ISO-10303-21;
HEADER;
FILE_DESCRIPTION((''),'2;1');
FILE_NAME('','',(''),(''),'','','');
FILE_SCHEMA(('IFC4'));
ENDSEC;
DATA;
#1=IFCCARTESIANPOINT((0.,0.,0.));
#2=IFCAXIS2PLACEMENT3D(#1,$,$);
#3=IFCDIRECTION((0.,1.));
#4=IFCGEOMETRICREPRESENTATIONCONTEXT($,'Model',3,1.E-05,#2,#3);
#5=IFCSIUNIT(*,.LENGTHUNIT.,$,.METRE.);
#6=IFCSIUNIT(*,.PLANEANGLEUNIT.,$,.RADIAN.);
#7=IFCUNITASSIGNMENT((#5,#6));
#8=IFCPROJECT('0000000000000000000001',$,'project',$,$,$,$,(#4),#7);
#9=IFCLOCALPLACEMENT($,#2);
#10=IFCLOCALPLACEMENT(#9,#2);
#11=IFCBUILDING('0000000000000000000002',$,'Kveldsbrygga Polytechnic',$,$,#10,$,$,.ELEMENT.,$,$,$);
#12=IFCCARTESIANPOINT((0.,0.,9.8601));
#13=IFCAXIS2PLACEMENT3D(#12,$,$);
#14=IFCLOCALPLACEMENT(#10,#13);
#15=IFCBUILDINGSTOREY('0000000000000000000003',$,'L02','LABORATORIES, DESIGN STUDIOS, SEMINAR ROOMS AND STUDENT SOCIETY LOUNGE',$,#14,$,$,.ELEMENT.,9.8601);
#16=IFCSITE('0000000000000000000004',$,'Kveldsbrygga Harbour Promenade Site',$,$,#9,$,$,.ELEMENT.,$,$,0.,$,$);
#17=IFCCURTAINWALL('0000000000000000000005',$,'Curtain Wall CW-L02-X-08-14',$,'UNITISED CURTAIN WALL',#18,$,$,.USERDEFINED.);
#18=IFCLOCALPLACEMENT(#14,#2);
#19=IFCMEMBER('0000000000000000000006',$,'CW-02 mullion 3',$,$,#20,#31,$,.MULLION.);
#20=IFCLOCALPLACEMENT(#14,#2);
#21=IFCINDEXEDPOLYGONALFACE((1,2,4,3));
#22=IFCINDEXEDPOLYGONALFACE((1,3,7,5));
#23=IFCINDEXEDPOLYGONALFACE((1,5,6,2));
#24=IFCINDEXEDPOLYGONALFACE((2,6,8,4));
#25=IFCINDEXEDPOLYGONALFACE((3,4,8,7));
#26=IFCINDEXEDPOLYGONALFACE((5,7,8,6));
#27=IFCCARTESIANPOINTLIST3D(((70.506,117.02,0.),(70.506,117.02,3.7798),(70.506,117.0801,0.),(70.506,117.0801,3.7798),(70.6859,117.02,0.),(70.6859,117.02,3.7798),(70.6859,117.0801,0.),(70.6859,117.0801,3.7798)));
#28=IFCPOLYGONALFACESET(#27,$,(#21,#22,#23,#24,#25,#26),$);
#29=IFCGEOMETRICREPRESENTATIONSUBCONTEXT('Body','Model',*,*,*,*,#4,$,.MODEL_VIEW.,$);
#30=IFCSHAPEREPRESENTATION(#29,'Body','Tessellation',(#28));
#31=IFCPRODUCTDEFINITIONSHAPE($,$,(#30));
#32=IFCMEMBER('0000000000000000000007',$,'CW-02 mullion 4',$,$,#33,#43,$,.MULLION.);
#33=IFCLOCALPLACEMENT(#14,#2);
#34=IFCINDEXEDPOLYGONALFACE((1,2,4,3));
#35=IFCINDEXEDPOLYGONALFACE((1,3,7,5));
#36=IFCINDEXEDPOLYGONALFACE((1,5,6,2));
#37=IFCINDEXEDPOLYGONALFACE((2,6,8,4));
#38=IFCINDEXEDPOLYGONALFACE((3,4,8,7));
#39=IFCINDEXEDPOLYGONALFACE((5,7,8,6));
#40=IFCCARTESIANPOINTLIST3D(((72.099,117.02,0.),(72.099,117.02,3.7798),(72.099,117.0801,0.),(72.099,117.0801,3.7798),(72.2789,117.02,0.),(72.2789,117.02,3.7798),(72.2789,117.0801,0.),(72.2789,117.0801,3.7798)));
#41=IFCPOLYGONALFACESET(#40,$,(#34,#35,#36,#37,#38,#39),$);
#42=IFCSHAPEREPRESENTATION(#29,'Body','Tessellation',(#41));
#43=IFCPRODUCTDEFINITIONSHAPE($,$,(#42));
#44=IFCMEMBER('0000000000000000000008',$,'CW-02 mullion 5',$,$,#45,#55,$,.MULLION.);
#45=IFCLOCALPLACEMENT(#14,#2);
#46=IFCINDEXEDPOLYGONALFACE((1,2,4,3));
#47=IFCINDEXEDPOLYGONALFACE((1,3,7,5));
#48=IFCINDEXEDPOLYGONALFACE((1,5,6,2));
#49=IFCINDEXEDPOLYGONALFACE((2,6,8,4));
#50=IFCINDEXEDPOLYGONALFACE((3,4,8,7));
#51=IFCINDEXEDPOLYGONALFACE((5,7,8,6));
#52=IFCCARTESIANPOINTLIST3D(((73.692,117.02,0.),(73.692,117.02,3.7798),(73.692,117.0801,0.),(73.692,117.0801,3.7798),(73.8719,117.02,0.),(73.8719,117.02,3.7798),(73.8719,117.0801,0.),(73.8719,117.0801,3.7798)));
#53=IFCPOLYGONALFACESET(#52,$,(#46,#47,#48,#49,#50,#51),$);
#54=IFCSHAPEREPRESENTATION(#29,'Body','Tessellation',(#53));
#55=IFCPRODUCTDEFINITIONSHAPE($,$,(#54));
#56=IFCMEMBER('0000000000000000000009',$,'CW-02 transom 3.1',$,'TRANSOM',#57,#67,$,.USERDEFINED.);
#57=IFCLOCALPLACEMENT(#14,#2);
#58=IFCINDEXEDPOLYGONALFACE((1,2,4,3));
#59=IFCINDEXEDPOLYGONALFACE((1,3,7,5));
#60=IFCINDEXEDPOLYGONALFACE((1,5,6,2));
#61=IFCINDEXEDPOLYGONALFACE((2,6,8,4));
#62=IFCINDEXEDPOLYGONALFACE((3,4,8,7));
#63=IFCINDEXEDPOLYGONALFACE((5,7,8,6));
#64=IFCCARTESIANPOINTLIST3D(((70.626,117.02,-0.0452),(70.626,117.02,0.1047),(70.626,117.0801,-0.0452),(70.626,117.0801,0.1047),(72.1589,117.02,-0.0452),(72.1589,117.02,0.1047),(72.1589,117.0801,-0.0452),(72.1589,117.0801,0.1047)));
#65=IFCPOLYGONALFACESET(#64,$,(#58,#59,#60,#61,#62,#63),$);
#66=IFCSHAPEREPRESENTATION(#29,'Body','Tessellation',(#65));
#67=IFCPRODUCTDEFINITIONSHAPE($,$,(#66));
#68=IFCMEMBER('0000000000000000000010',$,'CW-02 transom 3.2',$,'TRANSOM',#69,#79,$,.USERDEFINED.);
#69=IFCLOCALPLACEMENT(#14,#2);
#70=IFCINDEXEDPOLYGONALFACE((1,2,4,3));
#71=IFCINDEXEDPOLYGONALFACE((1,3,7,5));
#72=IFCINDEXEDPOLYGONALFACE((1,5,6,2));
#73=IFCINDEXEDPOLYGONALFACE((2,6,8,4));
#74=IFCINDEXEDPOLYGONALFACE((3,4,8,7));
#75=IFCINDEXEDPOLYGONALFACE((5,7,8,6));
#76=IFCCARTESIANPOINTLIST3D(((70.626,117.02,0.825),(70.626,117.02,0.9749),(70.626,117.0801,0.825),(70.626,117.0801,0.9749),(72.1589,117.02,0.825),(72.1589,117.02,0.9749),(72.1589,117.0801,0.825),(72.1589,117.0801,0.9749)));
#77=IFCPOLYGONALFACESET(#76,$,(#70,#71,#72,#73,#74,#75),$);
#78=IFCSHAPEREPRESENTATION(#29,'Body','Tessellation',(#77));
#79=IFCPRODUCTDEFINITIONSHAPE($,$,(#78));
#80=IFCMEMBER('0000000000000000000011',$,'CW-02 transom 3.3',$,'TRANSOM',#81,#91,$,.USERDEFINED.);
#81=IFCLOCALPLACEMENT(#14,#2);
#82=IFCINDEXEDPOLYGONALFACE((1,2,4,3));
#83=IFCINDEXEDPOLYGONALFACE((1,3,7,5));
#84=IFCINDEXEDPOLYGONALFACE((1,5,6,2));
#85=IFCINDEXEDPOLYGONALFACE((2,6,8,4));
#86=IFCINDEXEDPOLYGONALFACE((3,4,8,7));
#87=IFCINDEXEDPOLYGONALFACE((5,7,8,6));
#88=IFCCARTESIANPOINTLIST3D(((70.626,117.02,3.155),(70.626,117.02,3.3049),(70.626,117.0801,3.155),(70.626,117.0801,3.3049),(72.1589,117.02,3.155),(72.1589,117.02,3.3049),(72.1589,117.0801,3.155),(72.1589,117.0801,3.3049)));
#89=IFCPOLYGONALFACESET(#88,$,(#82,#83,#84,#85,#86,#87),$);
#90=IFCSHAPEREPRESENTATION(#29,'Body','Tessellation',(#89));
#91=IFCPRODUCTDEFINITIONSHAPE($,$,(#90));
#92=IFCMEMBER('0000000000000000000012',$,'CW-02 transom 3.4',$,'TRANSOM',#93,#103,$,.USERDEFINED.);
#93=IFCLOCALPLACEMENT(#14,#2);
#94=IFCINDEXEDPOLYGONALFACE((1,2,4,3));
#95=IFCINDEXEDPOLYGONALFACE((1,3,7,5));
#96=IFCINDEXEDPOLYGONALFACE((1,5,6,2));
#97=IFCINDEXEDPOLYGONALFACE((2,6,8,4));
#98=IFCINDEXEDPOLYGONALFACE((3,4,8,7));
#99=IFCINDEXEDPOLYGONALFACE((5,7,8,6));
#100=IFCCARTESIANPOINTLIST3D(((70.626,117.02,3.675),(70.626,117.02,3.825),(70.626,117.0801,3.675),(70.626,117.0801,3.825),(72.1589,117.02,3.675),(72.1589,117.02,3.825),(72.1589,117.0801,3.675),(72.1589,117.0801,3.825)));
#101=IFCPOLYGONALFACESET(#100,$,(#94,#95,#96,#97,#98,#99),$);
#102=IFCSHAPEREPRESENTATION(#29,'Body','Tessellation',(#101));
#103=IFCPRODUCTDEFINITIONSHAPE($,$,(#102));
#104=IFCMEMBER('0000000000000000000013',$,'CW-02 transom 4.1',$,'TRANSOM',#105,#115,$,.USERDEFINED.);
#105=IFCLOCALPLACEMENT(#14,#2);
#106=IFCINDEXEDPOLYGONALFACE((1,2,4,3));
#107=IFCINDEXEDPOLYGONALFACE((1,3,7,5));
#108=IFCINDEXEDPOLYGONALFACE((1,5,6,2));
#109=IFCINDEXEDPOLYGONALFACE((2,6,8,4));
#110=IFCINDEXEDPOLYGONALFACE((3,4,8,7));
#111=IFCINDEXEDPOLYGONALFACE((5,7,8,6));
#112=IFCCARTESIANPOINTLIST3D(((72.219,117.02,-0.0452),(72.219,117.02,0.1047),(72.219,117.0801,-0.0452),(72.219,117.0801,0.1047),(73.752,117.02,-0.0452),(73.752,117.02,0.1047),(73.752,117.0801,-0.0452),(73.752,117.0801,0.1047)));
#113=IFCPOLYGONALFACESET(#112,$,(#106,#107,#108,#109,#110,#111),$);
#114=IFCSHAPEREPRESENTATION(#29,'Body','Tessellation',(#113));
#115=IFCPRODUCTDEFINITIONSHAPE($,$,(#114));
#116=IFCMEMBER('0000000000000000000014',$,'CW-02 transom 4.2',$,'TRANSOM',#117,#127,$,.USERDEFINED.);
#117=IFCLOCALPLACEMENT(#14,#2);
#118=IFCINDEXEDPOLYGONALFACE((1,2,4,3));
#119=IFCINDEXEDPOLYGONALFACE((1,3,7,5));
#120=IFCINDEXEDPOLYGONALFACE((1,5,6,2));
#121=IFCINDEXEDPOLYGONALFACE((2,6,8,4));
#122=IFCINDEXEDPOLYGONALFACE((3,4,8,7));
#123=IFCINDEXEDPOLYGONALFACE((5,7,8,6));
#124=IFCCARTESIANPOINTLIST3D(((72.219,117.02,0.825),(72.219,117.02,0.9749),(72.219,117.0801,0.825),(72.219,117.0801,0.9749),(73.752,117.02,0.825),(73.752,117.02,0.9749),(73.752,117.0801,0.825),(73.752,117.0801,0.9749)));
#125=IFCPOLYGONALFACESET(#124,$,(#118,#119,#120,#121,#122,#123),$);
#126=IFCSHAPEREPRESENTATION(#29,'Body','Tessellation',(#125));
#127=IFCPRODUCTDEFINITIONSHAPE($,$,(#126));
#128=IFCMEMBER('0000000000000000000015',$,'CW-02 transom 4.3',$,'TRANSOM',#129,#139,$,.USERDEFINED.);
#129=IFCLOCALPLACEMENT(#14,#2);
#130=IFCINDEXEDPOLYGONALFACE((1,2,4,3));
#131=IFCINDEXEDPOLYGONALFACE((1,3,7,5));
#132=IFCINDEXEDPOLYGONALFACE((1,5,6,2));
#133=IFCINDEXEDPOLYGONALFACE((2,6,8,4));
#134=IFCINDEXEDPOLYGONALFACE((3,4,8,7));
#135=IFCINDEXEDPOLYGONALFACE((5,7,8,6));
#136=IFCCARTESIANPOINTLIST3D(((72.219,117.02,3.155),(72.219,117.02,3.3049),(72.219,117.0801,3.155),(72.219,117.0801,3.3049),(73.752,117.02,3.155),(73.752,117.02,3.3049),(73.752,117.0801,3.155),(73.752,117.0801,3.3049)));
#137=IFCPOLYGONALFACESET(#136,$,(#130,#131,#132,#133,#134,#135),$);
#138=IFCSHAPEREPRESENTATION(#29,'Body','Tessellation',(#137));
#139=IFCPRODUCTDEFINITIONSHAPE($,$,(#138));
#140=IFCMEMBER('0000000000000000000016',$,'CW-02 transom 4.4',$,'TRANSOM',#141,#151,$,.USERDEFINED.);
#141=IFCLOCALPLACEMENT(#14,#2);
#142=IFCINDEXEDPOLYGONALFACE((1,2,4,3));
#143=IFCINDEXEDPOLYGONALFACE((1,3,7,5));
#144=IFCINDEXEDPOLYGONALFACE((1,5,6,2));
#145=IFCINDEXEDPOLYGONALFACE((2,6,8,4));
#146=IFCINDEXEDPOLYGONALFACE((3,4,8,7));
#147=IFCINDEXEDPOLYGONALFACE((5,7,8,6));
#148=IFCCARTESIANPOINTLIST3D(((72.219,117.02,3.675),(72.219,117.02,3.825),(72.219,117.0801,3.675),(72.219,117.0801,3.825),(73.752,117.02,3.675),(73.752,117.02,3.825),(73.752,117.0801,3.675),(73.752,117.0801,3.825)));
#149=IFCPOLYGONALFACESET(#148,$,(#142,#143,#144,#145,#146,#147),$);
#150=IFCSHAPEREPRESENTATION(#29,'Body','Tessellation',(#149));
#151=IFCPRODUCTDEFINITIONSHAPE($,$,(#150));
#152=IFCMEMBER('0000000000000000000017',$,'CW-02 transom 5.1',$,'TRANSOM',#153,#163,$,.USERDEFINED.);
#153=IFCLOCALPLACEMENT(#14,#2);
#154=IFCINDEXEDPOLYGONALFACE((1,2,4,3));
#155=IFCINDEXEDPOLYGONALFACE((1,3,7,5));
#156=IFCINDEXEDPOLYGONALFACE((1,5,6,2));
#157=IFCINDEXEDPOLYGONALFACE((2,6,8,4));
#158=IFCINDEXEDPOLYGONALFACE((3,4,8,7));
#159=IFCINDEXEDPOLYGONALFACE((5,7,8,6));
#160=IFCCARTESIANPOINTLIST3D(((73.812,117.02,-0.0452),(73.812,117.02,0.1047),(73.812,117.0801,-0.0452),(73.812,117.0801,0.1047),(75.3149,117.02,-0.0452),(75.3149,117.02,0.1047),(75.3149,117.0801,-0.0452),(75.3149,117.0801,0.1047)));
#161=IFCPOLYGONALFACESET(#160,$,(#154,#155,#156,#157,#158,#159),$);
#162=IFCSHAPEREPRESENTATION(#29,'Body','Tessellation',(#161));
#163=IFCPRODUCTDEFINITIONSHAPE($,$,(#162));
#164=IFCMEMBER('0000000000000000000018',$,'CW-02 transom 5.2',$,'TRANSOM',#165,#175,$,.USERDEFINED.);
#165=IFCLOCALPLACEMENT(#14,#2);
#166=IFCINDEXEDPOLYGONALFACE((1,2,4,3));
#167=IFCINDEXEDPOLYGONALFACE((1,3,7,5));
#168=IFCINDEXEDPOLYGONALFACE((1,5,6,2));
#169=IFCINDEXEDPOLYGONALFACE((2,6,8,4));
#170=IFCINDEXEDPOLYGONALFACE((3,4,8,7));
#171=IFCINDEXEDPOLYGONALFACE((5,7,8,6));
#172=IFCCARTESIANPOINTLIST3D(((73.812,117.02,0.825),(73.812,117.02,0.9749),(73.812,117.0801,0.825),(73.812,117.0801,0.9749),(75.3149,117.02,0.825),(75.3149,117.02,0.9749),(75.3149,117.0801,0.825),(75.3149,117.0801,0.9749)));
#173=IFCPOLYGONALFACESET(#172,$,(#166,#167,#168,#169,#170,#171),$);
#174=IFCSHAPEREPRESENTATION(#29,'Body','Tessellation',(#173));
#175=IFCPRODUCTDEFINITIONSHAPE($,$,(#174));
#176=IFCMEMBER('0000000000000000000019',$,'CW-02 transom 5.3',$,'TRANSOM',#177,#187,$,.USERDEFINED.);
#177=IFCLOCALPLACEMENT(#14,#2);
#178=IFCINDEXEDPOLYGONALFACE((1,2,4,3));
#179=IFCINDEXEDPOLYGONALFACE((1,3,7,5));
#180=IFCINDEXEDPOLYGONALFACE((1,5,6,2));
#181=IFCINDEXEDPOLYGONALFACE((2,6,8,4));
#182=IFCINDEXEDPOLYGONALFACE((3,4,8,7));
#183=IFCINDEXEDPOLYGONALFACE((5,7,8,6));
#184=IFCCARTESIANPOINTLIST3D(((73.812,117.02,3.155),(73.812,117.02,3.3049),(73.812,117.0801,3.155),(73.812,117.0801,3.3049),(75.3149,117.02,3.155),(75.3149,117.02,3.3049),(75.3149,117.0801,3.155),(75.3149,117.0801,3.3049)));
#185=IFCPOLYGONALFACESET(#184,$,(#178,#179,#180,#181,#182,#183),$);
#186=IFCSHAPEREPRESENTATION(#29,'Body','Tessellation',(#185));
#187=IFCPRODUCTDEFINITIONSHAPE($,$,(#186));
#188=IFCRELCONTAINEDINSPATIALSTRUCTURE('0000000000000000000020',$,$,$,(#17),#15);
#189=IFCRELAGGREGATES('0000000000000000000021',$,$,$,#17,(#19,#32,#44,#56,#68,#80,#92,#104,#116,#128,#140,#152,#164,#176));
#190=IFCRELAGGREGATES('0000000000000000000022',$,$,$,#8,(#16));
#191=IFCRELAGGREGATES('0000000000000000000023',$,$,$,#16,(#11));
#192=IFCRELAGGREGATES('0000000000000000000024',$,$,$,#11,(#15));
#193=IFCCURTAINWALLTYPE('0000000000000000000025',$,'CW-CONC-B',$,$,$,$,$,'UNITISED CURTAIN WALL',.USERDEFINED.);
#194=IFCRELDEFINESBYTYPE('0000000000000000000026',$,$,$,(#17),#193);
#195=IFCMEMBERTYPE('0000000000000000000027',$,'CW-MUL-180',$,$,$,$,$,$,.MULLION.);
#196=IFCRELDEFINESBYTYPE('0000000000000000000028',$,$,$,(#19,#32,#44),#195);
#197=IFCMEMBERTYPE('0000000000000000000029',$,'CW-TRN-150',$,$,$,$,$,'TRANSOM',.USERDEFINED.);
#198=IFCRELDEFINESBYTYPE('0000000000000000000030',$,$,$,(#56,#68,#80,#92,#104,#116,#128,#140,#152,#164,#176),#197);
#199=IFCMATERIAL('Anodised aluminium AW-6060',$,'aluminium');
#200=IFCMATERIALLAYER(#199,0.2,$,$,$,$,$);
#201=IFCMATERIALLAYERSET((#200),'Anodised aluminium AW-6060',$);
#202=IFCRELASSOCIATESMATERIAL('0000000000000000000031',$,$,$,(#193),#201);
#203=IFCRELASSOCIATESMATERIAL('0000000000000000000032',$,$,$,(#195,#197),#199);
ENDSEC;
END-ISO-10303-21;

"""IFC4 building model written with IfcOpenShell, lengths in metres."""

from ifc_helpers import new_model, si_unit, direction, frame, origin, origin_2d, place, context, subcontext, project, spatial, rectangle, extrude, material, layer, layer_set, material_profile, profile_set, type_object, element, aggregate, save


model = new_model("IFC4")

# Units and contexts
model_context = context("Model", 3, precision=1e-05, world=origin(), true_north=direction((0.0, 1.0)))
body_context = subcontext(model_context, "Body", "Model", "MODEL_VIEW")
ifc_project = project(units=[si_unit("LENGTHUNIT", "METRE"), si_unit("PLANEANGLEUNIT", "RADIAN")], contexts=[model_context])

# Site, building, storey
site_placement = place(None, origin())
site = spatial("IfcSite", under=ifc_project, at=site_placement, Name="Kveldsbrygga Harbour Promenade Site", CompositionType="ELEMENT", RefElevation=0.0)
building_placement = place(site_placement, origin())
building = spatial("IfcBuilding", under=site, at=building_placement, Name="Kveldsbrygga Polytechnic", CompositionType="ELEMENT")
storey_placement = place(building_placement, frame((0.0, 0.0, 9.8601)))
storey = spatial("IfcBuildingStorey", under=building, at=storey_placement, Name="L02", Description="LABORATORIES, DESIGN STUDIOS, SEMINAR ROOMS AND STUDENT SOCIETY LOUNGE", CompositionType="ELEMENT", Elevation=9.8601)

# Curtain wall, members
ifc_material_1 = material(Name="Anodised aluminium AW-6060", Category="aluminium")
ifc_layer_1 = layer(ifc_material_1, 0.2)
ifc_layer_set_1 = layer_set([ifc_layer_1], Name="Anodised aluminium AW-6060")
curtain_wall_type = type_object("IfcCurtainWallType", Name="CW-CONC-B", ElementType="UNITISED CURTAIN WALL", PredefinedType="USERDEFINED", material=ifc_layer_set_1)
curtain_wall_placement = place(storey_placement, origin())
curtain_wall = element("IfcCurtainWall", 1, at=curtain_wall_placement, inside=storey, type_object=curtain_wall_type, Name="Curtain Wall CW-L02-X-08-14", ObjectType="UNITISED CURTAIN WALL", PredefinedType="USERDEFINED")
ifc_material_profile_1 = material_profile(ifc_material_1, rectangle(XDim=0.0601, YDim=0.1799, at=origin_2d()), Name="ALU 60x180")
ifc_profile_set_1 = profile_set([ifc_material_profile_1], Name="Anodised aluminium AW-6060")
member_type_1 = type_object("IfcMemberType", Name="CW-MUL-180", PredefinedType="MULLION", material=ifc_profile_set_1)
member_1_placement = place(storey_placement, frame((70.5959, 117.05, 0.0), z_axis=(0.0, 0.0, 1.0), x_axis=(0.0, 1.0, 0.0)))
member_1 = element("IfcMember", 2, at=member_1_placement, type_object=member_type_1, Name="CW-02 mullion 3", PredefinedType="MULLION", context=body_context, shape_type="SweptSolid", body=[
    extrude(rectangle(XDim=0.0601, YDim=0.1799, at=origin_2d()), origin(), (0.0, 0.0, 1.0), 3.7798),
])
member_2_placement = place(storey_placement, frame((72.189, 117.05, 0.0), z_axis=(0.0, 0.0, 1.0), x_axis=(0.0, 1.0, 0.0)))
member_2 = element("IfcMember", 3, at=member_2_placement, type_object=member_type_1, Name="CW-02 mullion 4", PredefinedType="MULLION", context=body_context, shape_type="SweptSolid", body=[
    extrude(rectangle(XDim=0.0601, YDim=0.1799, at=origin_2d()), origin(), (0.0, 0.0, 1.0), 3.7798),
])
member_3_placement = place(storey_placement, frame((73.782, 117.05, 0.0), z_axis=(0.0, 0.0, 1.0), x_axis=(0.0, 1.0, 0.0)))
member_3 = element("IfcMember", 4, at=member_3_placement, type_object=member_type_1, Name="CW-02 mullion 5", PredefinedType="MULLION", context=body_context, shape_type="SweptSolid", body=[
    extrude(rectangle(XDim=0.0601, YDim=0.1799, at=origin_2d()), origin(), (0.0, 0.0, 1.0), 3.7798),
])
ifc_material_profile_2 = material_profile(ifc_material_1, rectangle(XDim=0.0601, YDim=0.1499, at=origin_2d()), Name="ALU 60x150")
ifc_profile_set_2 = profile_set([ifc_material_profile_2], Name="Anodised aluminium AW-6060")
member_type_2 = type_object("IfcMemberType", Name="CW-TRN-150", ElementType="TRANSOM", PredefinedType="USERDEFINED", material=ifc_profile_set_2)
member_4_placement = place(storey_placement, frame((70.626, 117.05, 0.0298), z_axis=(1.0, 0.0, 0.0), x_axis=(0.0, 1.0, 0.0)))
member_4 = element("IfcMember", 5, at=member_4_placement, type_object=member_type_2, Name="CW-02 transom 3.1", ObjectType="TRANSOM", PredefinedType="USERDEFINED", context=body_context, shape_type="SweptSolid", body=[
    extrude(rectangle(XDim=0.0601, YDim=0.1499, at=origin_2d()), origin(), (0.0, 0.0, 1.0), 1.533),
])
member_5_placement = place(storey_placement, frame((70.626, 117.05, 0.8999), z_axis=(1.0, 0.0, 0.0), x_axis=(0.0, 1.0, 0.0)))
member_5 = element("IfcMember", 6, at=member_5_placement, type_object=member_type_2, Name="CW-02 transom 3.2", ObjectType="TRANSOM", PredefinedType="USERDEFINED", context=body_context, shape_type="SweptSolid", body=[
    extrude(rectangle(XDim=0.0601, YDim=0.1499, at=origin_2d()), origin(), (0.0, 0.0, 1.0), 1.533),
])
member_6_placement = place(storey_placement, frame((70.626, 117.05, 3.23), z_axis=(1.0, 0.0, 0.0), x_axis=(0.0, 1.0, 0.0)))
member_6 = element("IfcMember", 7, at=member_6_placement, type_object=member_type_2, Name="CW-02 transom 3.3", ObjectType="TRANSOM", PredefinedType="USERDEFINED", context=body_context, shape_type="SweptSolid", body=[
    extrude(rectangle(XDim=0.0601, YDim=0.1499, at=origin_2d()), origin(), (0.0, 0.0, 1.0), 1.533),
])
member_7_placement = place(storey_placement, frame((70.626, 117.05, 3.75), z_axis=(1.0, 0.0, 0.0), x_axis=(0.0, 1.0, 0.0)))
member_7 = element("IfcMember", 8, at=member_7_placement, type_object=member_type_2, Name="CW-02 transom 3.4", ObjectType="TRANSOM", PredefinedType="USERDEFINED", context=body_context, shape_type="SweptSolid", body=[
    extrude(rectangle(XDim=0.0601, YDim=0.1499, at=origin_2d()), origin(), (0.0, 0.0, 1.0), 1.533),
])
member_8_placement = place(storey_placement, frame((72.219, 117.05, 0.0298), z_axis=(1.0, 0.0, 0.0), x_axis=(0.0, 1.0, 0.0)))
member_8 = element("IfcMember", 9, at=member_8_placement, type_object=member_type_2, Name="CW-02 transom 4.1", ObjectType="TRANSOM", PredefinedType="USERDEFINED", context=body_context, shape_type="SweptSolid", body=[
    extrude(rectangle(XDim=0.0601, YDim=0.1499, at=origin_2d()), origin(), (0.0, 0.0, 1.0), 1.533),
])
member_9_placement = place(storey_placement, frame((72.219, 117.05, 0.8999), z_axis=(1.0, 0.0, 0.0), x_axis=(0.0, 1.0, 0.0)))
member_9 = element("IfcMember", 10, at=member_9_placement, type_object=member_type_2, Name="CW-02 transom 4.2", ObjectType="TRANSOM", PredefinedType="USERDEFINED", context=body_context, shape_type="SweptSolid", body=[
    extrude(rectangle(XDim=0.0601, YDim=0.1499, at=origin_2d()), origin(), (0.0, 0.0, 1.0), 1.533),
])
member_10_placement = place(storey_placement, frame((72.219, 117.05, 3.23), z_axis=(1.0, 0.0, 0.0), x_axis=(0.0, 1.0, 0.0)))
member_10 = element("IfcMember", 11, at=member_10_placement, type_object=member_type_2, Name="CW-02 transom 4.3", ObjectType="TRANSOM", PredefinedType="USERDEFINED", context=body_context, shape_type="SweptSolid", body=[
    extrude(rectangle(XDim=0.0601, YDim=0.1499, at=origin_2d()), origin(), (0.0, 0.0, 1.0), 1.533),
])
member_11_placement = place(storey_placement, frame((72.219, 117.05, 3.75), z_axis=(1.0, 0.0, 0.0), x_axis=(0.0, 1.0, 0.0)))
member_11 = element("IfcMember", 12, at=member_11_placement, type_object=member_type_2, Name="CW-02 transom 4.4", ObjectType="TRANSOM", PredefinedType="USERDEFINED", context=body_context, shape_type="SweptSolid", body=[
    extrude(rectangle(XDim=0.0601, YDim=0.1499, at=origin_2d()), origin(), (0.0, 0.0, 1.0), 1.533),
])
member_12_placement = place(storey_placement, frame((73.812, 117.05, 0.0298), z_axis=(1.0, 0.0, 0.0), x_axis=(0.0, 1.0, 0.0)))
member_12 = element("IfcMember", 13, at=member_12_placement, type_object=member_type_2, Name="CW-02 transom 5.1", ObjectType="TRANSOM", PredefinedType="USERDEFINED", context=body_context, shape_type="SweptSolid", body=[
    extrude(rectangle(XDim=0.0601, YDim=0.1499, at=origin_2d()), origin(), (0.0, 0.0, 1.0), 1.5029),
])
member_13_placement = place(storey_placement, frame((73.812, 117.05, 0.8999), z_axis=(1.0, 0.0, 0.0), x_axis=(0.0, 1.0, 0.0)))
member_13 = element("IfcMember", 14, at=member_13_placement, type_object=member_type_2, Name="CW-02 transom 5.2", ObjectType="TRANSOM", PredefinedType="USERDEFINED", context=body_context, shape_type="SweptSolid", body=[
    extrude(rectangle(XDim=0.0601, YDim=0.1499, at=origin_2d()), origin(), (0.0, 0.0, 1.0), 1.5029),
])
member_14_placement = place(storey_placement, frame((73.812, 117.05, 3.23), z_axis=(1.0, 0.0, 0.0), x_axis=(0.0, 1.0, 0.0)))
member_14 = element("IfcMember", 15, at=member_14_placement, type_object=member_type_2, Name="CW-02 transom 5.3", ObjectType="TRANSOM", PredefinedType="USERDEFINED", context=body_context, shape_type="SweptSolid", body=[
    extrude(rectangle(XDim=0.0601, YDim=0.1499, at=origin_2d()), origin(), (0.0, 0.0, 1.0), 1.5029),
])
aggregate(curtain_wall, [member_1, member_2, member_3, member_4, member_5, member_6, member_7, member_8, member_9, member_10, member_11, member_12, member_13, member_14])

save(model, "model.ifc")
